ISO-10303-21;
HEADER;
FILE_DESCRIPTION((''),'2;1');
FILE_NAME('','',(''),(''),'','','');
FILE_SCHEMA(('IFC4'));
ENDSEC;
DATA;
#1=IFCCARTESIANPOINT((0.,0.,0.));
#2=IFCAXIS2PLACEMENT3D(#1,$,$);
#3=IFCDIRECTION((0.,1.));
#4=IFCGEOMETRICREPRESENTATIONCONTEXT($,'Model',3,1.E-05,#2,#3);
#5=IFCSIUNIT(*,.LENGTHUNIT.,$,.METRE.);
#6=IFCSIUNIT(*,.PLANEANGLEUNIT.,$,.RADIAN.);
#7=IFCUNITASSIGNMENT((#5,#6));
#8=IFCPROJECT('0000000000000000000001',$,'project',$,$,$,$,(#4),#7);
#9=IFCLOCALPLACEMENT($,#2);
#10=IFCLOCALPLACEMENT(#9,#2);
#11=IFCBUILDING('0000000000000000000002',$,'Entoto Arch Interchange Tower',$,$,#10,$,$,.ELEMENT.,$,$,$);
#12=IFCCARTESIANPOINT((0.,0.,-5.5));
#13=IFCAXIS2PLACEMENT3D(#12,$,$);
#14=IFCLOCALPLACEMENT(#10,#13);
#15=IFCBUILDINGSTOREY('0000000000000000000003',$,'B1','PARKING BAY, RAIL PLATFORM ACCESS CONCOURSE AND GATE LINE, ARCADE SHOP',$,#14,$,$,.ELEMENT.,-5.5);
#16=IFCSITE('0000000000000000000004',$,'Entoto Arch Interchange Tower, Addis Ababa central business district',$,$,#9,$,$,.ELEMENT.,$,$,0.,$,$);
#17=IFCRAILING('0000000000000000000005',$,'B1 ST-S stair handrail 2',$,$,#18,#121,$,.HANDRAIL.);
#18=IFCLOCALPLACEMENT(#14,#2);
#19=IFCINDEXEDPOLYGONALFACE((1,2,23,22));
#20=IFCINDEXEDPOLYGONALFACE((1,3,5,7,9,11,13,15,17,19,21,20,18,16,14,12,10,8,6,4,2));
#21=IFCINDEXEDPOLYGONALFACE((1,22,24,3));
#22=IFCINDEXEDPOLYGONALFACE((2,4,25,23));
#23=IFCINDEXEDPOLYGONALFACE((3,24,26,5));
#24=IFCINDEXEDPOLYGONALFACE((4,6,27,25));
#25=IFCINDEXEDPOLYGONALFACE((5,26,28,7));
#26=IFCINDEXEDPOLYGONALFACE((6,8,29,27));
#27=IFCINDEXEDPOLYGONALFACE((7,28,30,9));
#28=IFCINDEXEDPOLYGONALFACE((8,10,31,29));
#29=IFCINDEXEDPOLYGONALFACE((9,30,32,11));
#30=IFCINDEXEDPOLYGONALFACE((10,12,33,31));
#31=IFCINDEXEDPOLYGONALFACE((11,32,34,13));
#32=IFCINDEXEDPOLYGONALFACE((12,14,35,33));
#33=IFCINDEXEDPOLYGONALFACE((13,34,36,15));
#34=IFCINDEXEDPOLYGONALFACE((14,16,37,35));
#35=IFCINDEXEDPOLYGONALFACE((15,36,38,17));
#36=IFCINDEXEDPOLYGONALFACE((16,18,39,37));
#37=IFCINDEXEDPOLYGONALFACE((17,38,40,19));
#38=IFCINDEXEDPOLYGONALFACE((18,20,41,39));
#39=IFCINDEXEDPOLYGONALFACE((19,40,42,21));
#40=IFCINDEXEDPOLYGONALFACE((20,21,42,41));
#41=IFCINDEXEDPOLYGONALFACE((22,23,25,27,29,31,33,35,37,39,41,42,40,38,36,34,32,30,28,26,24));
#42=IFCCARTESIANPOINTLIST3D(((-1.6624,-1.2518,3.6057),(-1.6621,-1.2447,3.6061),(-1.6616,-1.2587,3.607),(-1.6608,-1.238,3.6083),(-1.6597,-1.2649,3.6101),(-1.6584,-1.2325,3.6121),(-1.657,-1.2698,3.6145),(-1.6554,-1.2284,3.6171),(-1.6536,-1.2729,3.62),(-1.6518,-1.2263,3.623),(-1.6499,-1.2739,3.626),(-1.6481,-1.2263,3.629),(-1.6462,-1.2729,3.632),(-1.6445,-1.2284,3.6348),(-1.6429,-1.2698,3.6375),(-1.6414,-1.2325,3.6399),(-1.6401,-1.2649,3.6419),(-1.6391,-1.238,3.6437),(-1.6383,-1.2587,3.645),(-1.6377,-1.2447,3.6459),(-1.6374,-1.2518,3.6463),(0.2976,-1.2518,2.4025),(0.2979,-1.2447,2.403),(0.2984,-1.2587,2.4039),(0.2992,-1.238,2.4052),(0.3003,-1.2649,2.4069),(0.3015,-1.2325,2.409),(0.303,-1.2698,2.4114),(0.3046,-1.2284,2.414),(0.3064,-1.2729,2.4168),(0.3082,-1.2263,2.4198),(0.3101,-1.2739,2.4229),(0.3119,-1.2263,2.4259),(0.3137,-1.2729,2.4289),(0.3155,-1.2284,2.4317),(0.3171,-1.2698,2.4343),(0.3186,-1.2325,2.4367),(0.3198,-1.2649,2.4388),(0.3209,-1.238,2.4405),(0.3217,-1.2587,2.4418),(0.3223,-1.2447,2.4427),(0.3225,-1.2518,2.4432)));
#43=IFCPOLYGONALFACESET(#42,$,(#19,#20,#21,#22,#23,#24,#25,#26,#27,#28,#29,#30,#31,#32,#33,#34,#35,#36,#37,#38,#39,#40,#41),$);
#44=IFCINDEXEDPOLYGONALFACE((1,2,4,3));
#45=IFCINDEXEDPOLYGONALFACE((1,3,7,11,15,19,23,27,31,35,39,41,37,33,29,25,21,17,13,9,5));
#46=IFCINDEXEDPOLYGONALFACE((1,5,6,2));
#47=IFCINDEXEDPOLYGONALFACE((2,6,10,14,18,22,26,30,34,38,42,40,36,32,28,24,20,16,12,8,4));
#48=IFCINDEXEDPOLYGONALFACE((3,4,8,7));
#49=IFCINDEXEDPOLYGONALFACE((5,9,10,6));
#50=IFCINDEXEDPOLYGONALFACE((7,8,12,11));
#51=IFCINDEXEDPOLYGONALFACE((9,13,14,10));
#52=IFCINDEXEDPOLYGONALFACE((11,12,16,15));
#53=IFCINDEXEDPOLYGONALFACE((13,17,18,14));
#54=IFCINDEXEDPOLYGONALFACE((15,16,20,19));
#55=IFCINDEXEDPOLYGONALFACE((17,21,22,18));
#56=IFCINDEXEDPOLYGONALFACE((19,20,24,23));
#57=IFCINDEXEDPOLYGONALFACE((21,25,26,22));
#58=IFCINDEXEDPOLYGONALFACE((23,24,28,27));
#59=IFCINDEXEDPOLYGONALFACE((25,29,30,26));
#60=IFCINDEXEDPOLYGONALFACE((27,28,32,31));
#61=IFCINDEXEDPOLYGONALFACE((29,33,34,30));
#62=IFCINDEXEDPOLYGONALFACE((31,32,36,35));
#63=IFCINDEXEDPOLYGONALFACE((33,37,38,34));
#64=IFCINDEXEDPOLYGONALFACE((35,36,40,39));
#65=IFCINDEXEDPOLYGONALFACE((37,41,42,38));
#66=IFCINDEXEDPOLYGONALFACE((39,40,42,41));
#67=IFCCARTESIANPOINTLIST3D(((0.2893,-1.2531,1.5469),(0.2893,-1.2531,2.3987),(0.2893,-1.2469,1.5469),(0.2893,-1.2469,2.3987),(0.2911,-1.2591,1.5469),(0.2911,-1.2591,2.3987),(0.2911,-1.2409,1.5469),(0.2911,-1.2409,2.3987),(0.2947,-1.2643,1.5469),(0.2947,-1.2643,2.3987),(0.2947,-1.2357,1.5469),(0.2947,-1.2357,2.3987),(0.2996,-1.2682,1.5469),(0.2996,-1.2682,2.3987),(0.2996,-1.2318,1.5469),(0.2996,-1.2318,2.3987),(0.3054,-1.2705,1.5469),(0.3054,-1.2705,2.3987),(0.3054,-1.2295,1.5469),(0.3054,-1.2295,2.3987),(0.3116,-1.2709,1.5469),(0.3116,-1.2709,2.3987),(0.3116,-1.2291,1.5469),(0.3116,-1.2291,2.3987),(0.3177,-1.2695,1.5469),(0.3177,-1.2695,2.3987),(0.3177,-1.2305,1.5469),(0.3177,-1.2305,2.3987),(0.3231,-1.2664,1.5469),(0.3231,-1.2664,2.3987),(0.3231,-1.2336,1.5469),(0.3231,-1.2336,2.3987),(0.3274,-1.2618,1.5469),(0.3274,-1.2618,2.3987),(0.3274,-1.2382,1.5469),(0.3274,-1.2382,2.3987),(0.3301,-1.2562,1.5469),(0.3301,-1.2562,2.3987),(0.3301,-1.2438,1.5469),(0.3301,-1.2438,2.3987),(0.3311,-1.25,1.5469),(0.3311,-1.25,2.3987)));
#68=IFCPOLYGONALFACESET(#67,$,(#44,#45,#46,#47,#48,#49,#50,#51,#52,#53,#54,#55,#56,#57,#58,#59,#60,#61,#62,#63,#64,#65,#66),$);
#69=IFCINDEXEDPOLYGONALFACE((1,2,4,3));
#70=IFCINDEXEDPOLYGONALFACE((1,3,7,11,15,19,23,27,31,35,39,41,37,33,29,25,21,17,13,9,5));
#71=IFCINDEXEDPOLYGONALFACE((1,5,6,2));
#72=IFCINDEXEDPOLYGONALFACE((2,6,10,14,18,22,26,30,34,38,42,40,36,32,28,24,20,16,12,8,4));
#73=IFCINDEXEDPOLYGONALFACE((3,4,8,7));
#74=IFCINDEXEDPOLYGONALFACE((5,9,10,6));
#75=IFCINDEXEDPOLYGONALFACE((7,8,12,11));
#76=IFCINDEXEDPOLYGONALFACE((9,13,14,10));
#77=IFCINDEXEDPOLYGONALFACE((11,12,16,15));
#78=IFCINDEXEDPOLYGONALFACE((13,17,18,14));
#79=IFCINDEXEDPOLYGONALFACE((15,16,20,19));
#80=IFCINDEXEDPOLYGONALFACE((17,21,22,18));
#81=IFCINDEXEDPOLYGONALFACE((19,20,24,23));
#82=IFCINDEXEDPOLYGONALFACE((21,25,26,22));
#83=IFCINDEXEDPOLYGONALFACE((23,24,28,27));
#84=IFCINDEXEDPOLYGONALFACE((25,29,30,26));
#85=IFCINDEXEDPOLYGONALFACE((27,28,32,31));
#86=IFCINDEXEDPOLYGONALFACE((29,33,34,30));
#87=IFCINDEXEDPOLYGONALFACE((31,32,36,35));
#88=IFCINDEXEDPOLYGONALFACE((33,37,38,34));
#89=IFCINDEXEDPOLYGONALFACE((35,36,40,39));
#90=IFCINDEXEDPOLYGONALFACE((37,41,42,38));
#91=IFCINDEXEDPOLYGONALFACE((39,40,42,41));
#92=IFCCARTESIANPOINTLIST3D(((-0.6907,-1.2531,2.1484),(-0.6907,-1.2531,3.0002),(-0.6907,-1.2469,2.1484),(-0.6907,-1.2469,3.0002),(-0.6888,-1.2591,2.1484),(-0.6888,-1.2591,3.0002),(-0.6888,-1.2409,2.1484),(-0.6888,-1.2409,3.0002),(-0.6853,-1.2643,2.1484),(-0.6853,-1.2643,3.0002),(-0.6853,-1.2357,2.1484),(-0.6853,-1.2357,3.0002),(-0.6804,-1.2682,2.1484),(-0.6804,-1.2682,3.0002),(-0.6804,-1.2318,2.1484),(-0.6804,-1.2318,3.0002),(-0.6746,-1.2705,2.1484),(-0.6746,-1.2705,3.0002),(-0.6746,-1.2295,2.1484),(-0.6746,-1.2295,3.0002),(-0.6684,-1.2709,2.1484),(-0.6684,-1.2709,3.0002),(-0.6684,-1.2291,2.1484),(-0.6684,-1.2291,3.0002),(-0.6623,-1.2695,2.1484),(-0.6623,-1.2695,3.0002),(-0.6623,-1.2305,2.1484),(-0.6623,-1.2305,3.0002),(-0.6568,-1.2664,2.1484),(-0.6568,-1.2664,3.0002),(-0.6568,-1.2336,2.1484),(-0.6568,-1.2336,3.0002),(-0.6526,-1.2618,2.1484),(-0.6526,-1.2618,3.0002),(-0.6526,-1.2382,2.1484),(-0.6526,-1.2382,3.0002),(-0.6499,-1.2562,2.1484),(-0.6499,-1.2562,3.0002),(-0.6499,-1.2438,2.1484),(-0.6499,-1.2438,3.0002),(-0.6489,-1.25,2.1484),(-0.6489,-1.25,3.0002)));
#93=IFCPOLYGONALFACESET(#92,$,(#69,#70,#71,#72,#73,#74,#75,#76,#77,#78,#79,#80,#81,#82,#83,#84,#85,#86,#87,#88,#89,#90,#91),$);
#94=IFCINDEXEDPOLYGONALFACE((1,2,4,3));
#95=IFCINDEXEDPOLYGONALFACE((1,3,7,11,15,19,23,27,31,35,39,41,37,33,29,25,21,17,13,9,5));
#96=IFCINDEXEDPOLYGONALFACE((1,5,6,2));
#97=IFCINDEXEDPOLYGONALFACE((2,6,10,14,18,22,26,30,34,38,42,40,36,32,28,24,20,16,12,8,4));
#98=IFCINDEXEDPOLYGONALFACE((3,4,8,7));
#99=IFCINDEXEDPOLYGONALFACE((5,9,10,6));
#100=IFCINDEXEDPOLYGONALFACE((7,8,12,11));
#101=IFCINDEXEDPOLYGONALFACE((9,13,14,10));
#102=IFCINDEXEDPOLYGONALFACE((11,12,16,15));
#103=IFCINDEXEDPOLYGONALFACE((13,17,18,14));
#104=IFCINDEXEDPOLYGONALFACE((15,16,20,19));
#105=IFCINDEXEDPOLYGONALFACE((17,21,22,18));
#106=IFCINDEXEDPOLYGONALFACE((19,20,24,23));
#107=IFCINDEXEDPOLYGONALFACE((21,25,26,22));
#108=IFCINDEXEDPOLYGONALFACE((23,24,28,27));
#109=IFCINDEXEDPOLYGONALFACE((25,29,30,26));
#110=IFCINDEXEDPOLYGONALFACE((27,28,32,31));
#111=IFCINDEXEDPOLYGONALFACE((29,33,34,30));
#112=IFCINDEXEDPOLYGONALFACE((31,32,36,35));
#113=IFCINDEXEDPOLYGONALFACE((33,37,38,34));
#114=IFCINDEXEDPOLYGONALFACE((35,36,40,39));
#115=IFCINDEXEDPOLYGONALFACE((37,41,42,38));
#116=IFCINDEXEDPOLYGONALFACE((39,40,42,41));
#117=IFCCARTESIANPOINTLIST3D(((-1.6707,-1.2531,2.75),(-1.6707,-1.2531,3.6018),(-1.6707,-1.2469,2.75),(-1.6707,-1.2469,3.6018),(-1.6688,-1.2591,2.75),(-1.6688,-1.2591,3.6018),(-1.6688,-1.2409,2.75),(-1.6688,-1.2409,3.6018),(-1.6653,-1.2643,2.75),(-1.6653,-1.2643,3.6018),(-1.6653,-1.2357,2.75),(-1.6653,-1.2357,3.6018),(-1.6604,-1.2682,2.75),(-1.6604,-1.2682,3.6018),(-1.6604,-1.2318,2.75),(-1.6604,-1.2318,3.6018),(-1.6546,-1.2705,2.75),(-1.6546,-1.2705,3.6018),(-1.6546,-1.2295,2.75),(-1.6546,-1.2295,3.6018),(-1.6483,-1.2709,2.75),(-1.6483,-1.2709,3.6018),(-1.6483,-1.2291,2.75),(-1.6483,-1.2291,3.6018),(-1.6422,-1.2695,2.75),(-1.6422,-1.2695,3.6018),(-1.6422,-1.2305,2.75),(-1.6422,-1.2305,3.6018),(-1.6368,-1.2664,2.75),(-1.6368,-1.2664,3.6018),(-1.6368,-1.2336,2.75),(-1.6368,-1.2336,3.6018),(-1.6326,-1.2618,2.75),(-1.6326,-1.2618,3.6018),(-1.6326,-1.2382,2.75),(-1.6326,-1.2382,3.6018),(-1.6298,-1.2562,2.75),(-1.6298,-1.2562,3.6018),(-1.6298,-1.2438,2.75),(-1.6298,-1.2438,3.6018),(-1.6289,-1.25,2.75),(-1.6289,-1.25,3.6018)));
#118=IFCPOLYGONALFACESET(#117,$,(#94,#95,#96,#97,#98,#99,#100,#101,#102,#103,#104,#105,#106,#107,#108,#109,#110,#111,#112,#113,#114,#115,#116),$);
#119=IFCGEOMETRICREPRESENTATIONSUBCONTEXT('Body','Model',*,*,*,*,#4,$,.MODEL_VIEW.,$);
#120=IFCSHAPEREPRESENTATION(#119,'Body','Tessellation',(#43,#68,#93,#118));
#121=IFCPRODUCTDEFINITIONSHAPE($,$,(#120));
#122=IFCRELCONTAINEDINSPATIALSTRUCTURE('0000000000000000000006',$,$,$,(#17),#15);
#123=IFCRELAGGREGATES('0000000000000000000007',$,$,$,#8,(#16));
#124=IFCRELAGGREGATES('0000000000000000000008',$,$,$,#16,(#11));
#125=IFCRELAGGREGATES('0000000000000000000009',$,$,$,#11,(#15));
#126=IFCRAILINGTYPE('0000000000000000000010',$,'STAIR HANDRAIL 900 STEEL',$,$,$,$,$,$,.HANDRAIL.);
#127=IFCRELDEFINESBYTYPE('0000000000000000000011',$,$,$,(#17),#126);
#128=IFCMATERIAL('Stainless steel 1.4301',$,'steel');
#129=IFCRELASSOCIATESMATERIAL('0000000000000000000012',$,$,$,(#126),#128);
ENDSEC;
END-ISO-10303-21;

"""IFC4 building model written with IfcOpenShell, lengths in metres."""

from ifc_helpers import new_model, si_unit, direction, frame, origin, origin_2d, place, context, subcontext, project, spatial, circle, extrude, material, type_object, element, save


model = new_model("IFC4")

# Units and contexts
model_context = context("Model", 3, precision=1e-05, world=origin(), true_north=direction((0.0, 1.0)))
body_context = subcontext(model_context, "Body", "Model", "MODEL_VIEW")
ifc_project = project(units=[si_unit("LENGTHUNIT", "METRE"), si_unit("PLANEANGLEUNIT", "RADIAN")], contexts=[model_context])

# Site, building, storey
site_placement = place(None, origin())
site = spatial("IfcSite", under=ifc_project, at=site_placement, Name="Entoto Arch Interchange Tower, Addis Ababa central business district", CompositionType="ELEMENT", RefElevation=0.0)
building_placement = place(site_placement, origin())
building = spatial("IfcBuilding", under=site, at=building_placement, Name="Entoto Arch Interchange Tower", CompositionType="ELEMENT")
storey_placement = place(building_placement, frame((0.0, 0.0, -5.5)))
storey = spatial("IfcBuildingStorey", under=building, at=storey_placement, Name="B1", Description="PARKING BAY, RAIL PLATFORM ACCESS CONCOURSE AND GATE LINE, ARCADE SHOP", CompositionType="ELEMENT", Elevation=-5.5)

# Railing
ifc_material_1 = material(Name="Stainless steel 1.4301", Category="steel")
railing_type_1 = type_object("IfcRailingType", Name="STAIR HANDRAIL 900 STEEL", PredefinedType="HANDRAIL", material=ifc_material_1)
railing_1_placement = place(storey_placement, frame((0.3101, -1.25, 1.5469)))
element("IfcRailing", 1, at=railing_1_placement, inside=storey, type_object=railing_type_1, Name="B1 ST-S stair handrail 2", PredefinedType="HANDRAIL", context=body_context, shape_type="SweptSolid", body=[
    extrude(circle(Radius=0.0239, at=origin_2d()), frame((0.0, 0.0, 0.876), z_axis=(-0.852241, 0.0, 0.523149), x_axis=(0.0, -1.0, 0.0)), (0.0, 0.0, 1.0), 2.2998),
    extrude(circle(Radius=0.021, at=origin_2d()), origin(), (0.0, 0.0, 1.0), 0.8518),
    extrude(circle(Radius=0.021, at=origin_2d()), frame((-0.98, 0.0, 0.6016)), (0.0, 0.0, 1.0), 0.8518),
    extrude(circle(Radius=0.021, at=origin_2d()), frame((-1.96, 0.0, 1.2031)), (0.0, 0.0, 1.0), 0.8518),
])

save(model, "model.ifc")
